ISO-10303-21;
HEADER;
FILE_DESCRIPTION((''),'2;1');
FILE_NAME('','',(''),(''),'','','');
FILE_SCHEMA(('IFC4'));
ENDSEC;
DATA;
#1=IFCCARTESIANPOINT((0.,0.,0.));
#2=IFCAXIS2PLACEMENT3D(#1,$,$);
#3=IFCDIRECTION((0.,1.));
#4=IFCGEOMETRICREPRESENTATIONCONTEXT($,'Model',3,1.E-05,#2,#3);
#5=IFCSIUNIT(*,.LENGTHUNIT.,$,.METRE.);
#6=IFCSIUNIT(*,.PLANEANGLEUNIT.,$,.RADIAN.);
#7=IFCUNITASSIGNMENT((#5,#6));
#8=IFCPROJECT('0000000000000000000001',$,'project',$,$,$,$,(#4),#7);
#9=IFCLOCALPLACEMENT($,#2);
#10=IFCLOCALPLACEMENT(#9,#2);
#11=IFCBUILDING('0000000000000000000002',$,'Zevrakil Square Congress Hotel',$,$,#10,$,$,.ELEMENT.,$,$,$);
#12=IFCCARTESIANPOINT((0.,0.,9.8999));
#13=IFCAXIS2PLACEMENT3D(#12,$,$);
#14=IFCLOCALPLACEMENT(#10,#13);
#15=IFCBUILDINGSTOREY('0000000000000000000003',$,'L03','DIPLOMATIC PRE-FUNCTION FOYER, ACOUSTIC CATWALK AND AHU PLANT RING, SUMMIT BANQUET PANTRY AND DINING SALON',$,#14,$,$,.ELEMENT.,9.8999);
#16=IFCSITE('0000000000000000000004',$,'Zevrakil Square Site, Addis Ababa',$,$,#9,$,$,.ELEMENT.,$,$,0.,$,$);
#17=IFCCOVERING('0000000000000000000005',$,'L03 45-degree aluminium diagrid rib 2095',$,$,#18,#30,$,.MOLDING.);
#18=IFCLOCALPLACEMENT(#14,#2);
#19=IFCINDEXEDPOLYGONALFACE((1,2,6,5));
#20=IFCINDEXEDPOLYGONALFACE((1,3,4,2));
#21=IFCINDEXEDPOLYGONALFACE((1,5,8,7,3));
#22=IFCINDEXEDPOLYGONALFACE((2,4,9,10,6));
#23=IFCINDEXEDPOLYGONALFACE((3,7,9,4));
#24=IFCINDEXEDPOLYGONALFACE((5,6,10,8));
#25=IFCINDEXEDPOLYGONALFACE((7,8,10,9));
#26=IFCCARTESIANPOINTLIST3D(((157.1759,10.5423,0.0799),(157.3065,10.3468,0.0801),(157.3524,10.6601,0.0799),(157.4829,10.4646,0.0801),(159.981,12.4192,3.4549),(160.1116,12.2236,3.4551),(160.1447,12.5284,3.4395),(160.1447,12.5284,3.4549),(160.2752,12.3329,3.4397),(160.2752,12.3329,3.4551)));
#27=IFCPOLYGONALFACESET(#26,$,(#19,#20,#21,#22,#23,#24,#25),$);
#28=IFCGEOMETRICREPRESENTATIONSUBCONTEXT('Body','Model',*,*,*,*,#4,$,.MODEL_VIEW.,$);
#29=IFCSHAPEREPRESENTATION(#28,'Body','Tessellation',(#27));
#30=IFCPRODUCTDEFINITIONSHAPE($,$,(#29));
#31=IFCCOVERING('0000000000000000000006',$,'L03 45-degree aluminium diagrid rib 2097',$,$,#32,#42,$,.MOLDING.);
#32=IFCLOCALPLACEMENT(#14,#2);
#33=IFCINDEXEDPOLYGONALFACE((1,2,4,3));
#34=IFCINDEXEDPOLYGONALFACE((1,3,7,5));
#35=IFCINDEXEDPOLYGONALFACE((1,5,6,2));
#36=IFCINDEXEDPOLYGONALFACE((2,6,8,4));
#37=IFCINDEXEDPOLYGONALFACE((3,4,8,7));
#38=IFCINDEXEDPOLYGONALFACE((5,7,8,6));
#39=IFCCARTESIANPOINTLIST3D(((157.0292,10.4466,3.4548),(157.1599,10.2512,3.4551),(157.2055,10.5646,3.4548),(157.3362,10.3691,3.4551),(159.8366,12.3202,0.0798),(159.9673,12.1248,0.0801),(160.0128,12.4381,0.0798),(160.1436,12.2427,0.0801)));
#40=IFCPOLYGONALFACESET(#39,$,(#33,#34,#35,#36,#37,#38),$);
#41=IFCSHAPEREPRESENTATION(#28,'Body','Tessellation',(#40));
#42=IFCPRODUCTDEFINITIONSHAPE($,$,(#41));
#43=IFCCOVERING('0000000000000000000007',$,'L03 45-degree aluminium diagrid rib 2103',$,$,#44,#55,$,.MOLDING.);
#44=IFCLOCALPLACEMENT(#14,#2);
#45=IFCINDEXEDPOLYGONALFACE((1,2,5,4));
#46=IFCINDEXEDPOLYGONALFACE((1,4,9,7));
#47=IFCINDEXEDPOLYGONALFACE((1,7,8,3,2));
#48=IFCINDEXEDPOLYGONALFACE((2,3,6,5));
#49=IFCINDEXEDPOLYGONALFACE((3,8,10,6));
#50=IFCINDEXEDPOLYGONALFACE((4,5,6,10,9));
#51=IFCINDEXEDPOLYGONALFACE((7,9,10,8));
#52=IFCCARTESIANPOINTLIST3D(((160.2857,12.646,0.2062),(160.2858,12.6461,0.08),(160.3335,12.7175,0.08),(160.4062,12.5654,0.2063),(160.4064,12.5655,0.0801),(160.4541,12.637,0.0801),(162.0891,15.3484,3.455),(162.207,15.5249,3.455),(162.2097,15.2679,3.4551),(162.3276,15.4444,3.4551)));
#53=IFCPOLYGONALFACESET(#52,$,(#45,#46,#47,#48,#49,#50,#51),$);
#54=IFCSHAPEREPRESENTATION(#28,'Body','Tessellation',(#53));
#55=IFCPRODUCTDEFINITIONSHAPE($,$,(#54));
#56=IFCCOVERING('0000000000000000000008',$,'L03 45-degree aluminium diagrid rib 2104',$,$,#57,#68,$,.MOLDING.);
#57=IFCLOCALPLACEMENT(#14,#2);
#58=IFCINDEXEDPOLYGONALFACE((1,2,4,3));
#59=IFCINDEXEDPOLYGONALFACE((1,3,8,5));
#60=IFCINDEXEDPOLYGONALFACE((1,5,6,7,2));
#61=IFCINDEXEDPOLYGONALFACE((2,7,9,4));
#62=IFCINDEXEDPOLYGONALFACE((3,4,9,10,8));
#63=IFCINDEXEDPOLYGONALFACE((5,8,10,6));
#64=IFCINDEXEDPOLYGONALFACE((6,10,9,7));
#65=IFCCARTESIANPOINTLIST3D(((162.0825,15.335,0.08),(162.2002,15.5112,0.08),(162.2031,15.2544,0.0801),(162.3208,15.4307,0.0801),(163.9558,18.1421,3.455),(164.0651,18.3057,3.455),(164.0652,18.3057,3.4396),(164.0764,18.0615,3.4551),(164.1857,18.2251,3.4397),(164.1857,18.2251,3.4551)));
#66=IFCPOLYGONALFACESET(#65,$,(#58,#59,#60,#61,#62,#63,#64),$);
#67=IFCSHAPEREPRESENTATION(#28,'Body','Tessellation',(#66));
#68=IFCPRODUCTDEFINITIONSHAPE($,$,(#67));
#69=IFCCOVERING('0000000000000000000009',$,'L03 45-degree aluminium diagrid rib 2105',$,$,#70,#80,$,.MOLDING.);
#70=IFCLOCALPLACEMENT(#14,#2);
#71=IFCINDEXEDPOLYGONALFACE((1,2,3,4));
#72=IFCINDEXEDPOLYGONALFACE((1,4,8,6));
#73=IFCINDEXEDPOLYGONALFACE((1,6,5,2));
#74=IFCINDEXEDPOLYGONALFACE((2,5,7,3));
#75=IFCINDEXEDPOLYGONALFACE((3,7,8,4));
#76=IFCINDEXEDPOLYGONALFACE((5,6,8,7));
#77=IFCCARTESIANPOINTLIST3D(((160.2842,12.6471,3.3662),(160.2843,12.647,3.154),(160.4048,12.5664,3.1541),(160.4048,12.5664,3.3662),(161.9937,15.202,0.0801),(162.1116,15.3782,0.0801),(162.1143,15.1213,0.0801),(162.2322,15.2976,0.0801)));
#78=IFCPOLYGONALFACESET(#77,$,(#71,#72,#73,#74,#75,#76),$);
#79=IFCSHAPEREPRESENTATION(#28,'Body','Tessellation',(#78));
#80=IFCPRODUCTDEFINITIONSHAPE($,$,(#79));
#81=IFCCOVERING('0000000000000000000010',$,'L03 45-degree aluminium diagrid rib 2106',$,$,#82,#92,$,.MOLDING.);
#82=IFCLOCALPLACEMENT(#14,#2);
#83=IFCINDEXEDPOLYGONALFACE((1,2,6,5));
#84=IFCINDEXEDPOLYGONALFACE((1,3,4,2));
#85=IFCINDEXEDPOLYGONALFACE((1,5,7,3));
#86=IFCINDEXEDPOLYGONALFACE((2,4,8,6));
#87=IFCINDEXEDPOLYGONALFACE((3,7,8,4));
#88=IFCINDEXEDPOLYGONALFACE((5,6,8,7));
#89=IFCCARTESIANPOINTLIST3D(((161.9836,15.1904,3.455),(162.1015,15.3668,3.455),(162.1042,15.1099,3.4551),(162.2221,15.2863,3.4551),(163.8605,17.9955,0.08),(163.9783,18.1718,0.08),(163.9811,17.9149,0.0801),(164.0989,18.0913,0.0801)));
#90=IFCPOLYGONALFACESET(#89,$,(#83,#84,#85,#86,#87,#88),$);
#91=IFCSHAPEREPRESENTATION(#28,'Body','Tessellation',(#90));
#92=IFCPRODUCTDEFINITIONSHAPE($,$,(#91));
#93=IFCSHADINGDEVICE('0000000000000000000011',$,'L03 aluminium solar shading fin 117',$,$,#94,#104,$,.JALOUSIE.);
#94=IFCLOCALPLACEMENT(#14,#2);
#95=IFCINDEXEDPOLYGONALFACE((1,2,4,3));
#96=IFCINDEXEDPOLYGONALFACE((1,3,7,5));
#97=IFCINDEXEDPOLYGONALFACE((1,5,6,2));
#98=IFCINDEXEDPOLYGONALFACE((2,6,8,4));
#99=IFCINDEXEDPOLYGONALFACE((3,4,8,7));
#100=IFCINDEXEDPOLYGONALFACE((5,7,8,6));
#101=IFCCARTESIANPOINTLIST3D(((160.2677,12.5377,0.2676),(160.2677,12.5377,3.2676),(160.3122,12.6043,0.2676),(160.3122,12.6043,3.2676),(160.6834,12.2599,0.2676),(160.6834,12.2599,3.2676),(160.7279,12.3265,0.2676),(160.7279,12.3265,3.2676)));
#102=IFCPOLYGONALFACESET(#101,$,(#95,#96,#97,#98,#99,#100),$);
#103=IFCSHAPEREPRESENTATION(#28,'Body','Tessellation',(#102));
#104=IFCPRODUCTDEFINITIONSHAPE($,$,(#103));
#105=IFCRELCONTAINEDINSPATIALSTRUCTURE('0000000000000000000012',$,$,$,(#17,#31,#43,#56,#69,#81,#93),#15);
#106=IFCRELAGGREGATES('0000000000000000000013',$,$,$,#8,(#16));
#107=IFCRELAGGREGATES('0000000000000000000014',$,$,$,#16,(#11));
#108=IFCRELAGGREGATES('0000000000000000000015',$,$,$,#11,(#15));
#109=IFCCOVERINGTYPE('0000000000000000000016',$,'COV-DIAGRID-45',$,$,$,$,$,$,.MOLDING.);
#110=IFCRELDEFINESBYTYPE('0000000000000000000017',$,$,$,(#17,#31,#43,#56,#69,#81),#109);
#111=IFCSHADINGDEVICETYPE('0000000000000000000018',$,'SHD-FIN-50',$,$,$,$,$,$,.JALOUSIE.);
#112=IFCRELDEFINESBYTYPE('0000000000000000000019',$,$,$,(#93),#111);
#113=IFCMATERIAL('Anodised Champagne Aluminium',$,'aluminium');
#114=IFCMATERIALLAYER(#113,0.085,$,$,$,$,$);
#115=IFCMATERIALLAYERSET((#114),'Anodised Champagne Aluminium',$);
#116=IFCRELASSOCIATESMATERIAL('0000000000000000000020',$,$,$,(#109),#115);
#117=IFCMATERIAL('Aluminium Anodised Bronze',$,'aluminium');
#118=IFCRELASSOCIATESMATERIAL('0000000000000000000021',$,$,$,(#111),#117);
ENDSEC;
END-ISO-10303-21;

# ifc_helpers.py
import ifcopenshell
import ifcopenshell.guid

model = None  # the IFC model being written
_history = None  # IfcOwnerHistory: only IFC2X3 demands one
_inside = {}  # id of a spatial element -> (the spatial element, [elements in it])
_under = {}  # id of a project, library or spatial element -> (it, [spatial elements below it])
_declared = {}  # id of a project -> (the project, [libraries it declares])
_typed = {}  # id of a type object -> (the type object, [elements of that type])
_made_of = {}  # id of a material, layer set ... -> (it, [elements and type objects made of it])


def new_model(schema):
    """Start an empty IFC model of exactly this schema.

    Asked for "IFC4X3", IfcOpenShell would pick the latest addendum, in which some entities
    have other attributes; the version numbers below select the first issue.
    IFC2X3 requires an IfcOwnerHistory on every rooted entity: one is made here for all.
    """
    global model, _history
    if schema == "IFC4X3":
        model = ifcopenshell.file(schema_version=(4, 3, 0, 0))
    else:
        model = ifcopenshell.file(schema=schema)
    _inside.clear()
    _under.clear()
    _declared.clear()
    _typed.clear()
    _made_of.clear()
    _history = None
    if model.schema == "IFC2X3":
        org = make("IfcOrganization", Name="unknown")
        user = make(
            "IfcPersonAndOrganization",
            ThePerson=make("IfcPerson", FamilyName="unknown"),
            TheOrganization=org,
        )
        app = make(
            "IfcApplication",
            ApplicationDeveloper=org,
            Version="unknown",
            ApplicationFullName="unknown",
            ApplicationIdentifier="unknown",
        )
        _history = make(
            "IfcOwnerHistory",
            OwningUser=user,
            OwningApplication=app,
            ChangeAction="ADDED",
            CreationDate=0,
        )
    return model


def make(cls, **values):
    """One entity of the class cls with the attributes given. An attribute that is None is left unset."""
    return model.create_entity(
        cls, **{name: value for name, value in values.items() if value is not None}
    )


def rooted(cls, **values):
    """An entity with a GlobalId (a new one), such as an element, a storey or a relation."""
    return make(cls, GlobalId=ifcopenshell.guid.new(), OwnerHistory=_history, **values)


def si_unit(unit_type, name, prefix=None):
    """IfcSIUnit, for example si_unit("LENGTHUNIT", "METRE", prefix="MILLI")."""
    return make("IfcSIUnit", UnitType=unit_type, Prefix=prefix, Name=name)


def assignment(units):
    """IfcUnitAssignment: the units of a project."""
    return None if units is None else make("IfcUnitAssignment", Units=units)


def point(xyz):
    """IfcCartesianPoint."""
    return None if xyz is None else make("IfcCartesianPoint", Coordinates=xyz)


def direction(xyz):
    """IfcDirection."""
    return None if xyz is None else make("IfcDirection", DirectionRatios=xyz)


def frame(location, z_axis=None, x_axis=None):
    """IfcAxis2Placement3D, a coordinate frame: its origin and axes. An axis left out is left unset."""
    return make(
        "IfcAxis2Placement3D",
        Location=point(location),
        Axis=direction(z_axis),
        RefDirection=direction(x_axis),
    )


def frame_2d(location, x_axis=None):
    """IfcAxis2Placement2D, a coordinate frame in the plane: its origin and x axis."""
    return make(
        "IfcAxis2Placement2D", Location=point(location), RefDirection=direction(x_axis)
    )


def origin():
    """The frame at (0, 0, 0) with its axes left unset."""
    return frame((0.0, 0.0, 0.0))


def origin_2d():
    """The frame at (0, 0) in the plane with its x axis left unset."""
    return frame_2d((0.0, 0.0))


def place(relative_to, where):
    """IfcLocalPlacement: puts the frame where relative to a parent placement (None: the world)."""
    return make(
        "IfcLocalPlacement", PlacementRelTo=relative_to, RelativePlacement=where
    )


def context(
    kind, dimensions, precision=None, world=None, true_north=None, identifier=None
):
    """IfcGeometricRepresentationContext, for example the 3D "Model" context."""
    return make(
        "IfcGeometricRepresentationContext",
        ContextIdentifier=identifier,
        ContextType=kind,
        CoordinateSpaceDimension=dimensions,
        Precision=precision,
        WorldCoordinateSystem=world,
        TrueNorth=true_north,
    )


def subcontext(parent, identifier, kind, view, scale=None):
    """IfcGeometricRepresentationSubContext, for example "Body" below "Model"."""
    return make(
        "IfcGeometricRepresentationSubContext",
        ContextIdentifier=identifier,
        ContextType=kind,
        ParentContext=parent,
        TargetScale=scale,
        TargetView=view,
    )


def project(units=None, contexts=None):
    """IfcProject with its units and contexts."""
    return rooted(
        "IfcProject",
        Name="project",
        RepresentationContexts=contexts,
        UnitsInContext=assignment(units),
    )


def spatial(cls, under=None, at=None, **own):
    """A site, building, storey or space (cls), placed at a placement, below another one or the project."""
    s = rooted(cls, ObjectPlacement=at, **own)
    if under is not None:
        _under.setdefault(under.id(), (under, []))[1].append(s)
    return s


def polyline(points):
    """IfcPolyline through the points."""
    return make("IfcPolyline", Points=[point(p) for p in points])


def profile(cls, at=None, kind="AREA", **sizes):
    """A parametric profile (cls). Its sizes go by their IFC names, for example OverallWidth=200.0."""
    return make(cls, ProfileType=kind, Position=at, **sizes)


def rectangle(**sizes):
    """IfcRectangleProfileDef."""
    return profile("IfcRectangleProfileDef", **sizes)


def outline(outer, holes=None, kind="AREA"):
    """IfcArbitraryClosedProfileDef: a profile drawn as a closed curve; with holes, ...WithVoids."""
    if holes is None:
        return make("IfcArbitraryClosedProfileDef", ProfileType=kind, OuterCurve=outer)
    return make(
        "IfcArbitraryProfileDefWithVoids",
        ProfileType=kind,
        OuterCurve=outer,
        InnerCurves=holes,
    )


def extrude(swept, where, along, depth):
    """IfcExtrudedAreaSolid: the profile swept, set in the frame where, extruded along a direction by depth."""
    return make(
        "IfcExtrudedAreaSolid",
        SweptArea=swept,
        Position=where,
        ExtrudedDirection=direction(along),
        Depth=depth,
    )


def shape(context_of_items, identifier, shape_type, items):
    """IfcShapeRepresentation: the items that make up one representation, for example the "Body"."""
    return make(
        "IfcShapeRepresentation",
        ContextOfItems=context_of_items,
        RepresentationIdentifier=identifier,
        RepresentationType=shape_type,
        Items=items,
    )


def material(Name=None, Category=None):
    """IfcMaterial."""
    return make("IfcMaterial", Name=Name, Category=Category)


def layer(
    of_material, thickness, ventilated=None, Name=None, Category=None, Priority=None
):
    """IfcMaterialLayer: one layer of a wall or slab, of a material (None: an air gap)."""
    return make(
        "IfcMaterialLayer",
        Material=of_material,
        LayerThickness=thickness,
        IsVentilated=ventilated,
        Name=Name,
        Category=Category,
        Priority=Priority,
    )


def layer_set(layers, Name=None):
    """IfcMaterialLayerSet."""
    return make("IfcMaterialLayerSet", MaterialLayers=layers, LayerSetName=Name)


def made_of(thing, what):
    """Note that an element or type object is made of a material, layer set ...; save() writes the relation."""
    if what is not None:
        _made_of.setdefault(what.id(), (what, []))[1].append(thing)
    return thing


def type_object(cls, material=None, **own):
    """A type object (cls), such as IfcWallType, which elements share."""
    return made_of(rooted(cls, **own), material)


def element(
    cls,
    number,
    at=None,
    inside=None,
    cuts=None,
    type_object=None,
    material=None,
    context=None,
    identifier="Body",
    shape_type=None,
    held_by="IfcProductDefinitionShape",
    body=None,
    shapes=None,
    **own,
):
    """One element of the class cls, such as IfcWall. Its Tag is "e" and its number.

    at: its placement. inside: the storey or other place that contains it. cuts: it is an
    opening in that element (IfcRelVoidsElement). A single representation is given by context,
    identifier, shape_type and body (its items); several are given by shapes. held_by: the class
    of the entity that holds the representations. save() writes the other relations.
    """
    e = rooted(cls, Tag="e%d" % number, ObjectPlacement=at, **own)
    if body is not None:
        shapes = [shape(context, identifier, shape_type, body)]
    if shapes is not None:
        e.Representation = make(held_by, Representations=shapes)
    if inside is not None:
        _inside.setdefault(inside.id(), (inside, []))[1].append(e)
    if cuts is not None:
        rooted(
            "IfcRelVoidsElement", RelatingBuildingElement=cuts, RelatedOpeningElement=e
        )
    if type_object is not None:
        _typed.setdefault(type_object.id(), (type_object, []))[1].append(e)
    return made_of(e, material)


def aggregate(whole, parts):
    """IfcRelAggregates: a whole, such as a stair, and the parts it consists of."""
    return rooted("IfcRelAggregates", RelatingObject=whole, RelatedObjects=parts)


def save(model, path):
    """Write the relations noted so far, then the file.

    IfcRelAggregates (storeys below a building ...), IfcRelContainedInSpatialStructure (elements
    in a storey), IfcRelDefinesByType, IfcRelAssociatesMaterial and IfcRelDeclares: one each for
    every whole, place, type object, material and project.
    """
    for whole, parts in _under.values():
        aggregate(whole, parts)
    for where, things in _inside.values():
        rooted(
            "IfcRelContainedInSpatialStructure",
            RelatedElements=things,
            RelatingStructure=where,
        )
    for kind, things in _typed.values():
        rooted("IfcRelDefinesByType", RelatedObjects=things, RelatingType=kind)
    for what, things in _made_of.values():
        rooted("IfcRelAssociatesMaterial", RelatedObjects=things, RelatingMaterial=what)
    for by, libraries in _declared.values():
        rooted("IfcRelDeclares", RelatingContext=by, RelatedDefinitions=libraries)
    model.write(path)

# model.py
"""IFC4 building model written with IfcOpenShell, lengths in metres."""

from ifc_helpers import new_model, si_unit, direction, frame, origin, origin_2d, place, context, subcontext, project, spatial, polyline, rectangle, outline, extrude, material, layer, layer_set, type_object, element, save


model = new_model("IFC4")

# Units and contexts
model_context = context("Model", 3, precision=1e-05, world=origin(), true_north=direction((0.0, 1.0)))
body_context = subcontext(model_context, "Body", "Model", "MODEL_VIEW")
ifc_project = project(units=[si_unit("LENGTHUNIT", "METRE"), si_unit("PLANEANGLEUNIT", "RADIAN")], contexts=[model_context])

# Site, building, storey
site_placement = place(None, origin())
site = spatial("IfcSite", under=ifc_project, at=site_placement, Name="Zevrakil Square Site, Addis Ababa", CompositionType="ELEMENT", RefElevation=0.0)
building_placement = place(site_placement, origin())
building = spatial("IfcBuilding", under=site, at=building_placement, Name="Zevrakil Square Congress Hotel", CompositionType="ELEMENT")
storey_placement = place(building_placement, frame((0.0, 0.0, 9.8999)))
storey = spatial("IfcBuildingStorey", under=building, at=storey_placement, Name="L03", Description="DIPLOMATIC PRE-FUNCTION FOYER, ACOUSTIC CATWALK AND AHU PLANT RING, SUMMIT BANQUET PANTRY AND DINING SALON", CompositionType="ELEMENT", Elevation=9.8999)

# Coverings
ifc_material_1 = material(Name="Anodised Champagne Aluminium", Category="aluminium")
ifc_layer_1 = layer(ifc_material_1, 0.085)
ifc_layer_set_1 = layer_set([ifc_layer_1], Name="Anodised Champagne Aluminium")
covering_type_1 = type_object("IfcCoveringType", Name="COV-DIAGRID-45", PredefinedType="MOLDING", material=ifc_layer_set_1)
covering_1_placement = place(storey_placement, frame((157.4829, 10.4646, 0.0801), z_axis=(0.555282, -0.831661, 0.000968), x_axis=(-0.831662, -0.555283, 0.000001)))
element("IfcCovering", 1, at=covering_1_placement, inside=storey, type_object=covering_type_1, Name="L03 45-degree aluminium diagrid rib 2095", PredefinedType="MOLDING", context=body_context, shape_type="SweptSolid", body=[
    extrude(outline(polyline([(0.0, 0.0), (0.2121, 0.0), (-3.1629, -3.375), (-3.3597, -3.375), (-3.3597, -3.3596), (0.0, 0.0)])), origin(), (0.0, 0.0, -1.0), 0.2351),
])
covering_2_placement = place(storey_placement, frame((157.1599, 10.2512, 3.4551), z_axis=(0.556027, -0.831163, 0.001115), x_axis=(0.831164, 0.556028, 0.0)))
element("IfcCovering", 2, at=covering_2_placement, inside=storey, type_object=covering_type_1, Name="L03 45-degree aluminium diagrid rib 2097", PredefinedType="MOLDING", context=body_context, shape_type="SweptSolid", body=[
    extrude(outline(polyline([(0.0, 0.0), (0.2121, 0.0), (3.5872, -3.375), (3.3751, -3.375), (0.0, 0.0)])), origin(), (0.0, 0.0, -1.0), 0.2351),
])
covering_3_placement = place(storey_placement, frame((160.4541, 12.637, 0.0801), z_axis=(0.831536, -0.555471, 0.000469), x_axis=(-0.555471, -0.831536, -0.000001)))
element("IfcCovering", 3, at=covering_3_placement, inside=storey, type_object=covering_type_1, Name="L03 45-degree aluminium diagrid rib 2103", PredefinedType="MOLDING", context=body_context, shape_type="SweptSolid", body=[
    extrude(outline(polyline([(0.0, 0.0), (0.0859, 0.0), (0.0861, -0.1262), (-3.1629, -3.375), (-3.3751, -3.375), (0.0, 0.0)])), origin(), (0.0, 0.0, -1.0), 0.145),
])
covering_4_placement = place(storey_placement, frame((162.3208, 15.4307, 0.0801), z_axis=(0.831508, -0.555512, 0.000492), x_axis=(-0.555512, -0.831508, 0.0)))
element("IfcCovering", 4, at=covering_4_placement, inside=storey, type_object=covering_type_1, Name="L03 45-degree aluminium diagrid rib 2104", PredefinedType="MOLDING", context=body_context, shape_type="SweptSolid", body=[
    extrude(outline(polyline([(0.0, 0.0), (0.2119, 0.0), (-3.1628, -3.375), (-3.3596, -3.375), (-3.3596, -3.3596), (0.0, 0.0)])), origin(), (0.0, 0.0, -1.0), 0.145),
])
covering_5_placement = place(storey_placement, frame((160.4048, 12.5664, 3.1541), z_axis=(0.831143, -0.556059, 0.000038), x_axis=(-0.000031, 0.000021, 1.0)))
element("IfcCovering", 5, at=covering_5_placement, inside=storey, type_object=covering_type_1, Name="L03 45-degree aluminium diagrid rib 2105", PredefinedType="MOLDING", context=body_context, shape_type="SweptSolid", body=[
    extrude(outline(polyline([(0.0, 0.0), (0.2122, 0.0), (-3.074, -3.2862), (-3.074, -3.0741), (0.0, 0.0)])), origin(), (0.0, 0.0, -1.0), 0.145),
])
covering_6_placement = place(storey_placement, frame((162.1042, 15.1099, 3.4551), z_axis=(0.831607, -0.555364, 0.000877), x_axis=(0.555364, 0.831607, 0.000001)))
element("IfcCovering", 6, at=covering_6_placement, inside=storey, type_object=covering_type_1, Name="L03 45-degree aluminium diagrid rib 2106", PredefinedType="MOLDING", context=body_context, shape_type="SweptSolid", body=[
    extrude(outline(polyline([(0.0, 0.0), (0.2121, 0.0), (3.5871, -3.375), (3.3751, -3.375), (0.0, 0.0)])), origin(), (0.0, 0.0, -1.0), 0.145),
])

# Shading device
ifc_material_2 = material(Name="Aluminium Anodised Bronze", Category="aluminium")
shading_device_type = type_object("IfcShadingDeviceType", Name="SHD-FIN-50", PredefinedType="JALOUSIE", material=ifc_material_2)
shading_device_placement = place(storey_placement, frame((160.4978, 12.4321, 0.2676), z_axis=(0.0, 0.0, 1.0), x_axis=(0.83147, -0.55557, 0.0)))
element("IfcShadingDevice", 7, at=shading_device_placement, inside=storey, type_object=shading_device_type, Name="L03 aluminium solar shading fin 117", PredefinedType="JALOUSIE", context=body_context, shape_type="SweptSolid", body=[
    extrude(rectangle(XDim=0.5, YDim=0.0801, at=origin_2d()), origin(), (0.0, 0.0, 1.0), 3.0),
])

save(model, "model.ifc")
